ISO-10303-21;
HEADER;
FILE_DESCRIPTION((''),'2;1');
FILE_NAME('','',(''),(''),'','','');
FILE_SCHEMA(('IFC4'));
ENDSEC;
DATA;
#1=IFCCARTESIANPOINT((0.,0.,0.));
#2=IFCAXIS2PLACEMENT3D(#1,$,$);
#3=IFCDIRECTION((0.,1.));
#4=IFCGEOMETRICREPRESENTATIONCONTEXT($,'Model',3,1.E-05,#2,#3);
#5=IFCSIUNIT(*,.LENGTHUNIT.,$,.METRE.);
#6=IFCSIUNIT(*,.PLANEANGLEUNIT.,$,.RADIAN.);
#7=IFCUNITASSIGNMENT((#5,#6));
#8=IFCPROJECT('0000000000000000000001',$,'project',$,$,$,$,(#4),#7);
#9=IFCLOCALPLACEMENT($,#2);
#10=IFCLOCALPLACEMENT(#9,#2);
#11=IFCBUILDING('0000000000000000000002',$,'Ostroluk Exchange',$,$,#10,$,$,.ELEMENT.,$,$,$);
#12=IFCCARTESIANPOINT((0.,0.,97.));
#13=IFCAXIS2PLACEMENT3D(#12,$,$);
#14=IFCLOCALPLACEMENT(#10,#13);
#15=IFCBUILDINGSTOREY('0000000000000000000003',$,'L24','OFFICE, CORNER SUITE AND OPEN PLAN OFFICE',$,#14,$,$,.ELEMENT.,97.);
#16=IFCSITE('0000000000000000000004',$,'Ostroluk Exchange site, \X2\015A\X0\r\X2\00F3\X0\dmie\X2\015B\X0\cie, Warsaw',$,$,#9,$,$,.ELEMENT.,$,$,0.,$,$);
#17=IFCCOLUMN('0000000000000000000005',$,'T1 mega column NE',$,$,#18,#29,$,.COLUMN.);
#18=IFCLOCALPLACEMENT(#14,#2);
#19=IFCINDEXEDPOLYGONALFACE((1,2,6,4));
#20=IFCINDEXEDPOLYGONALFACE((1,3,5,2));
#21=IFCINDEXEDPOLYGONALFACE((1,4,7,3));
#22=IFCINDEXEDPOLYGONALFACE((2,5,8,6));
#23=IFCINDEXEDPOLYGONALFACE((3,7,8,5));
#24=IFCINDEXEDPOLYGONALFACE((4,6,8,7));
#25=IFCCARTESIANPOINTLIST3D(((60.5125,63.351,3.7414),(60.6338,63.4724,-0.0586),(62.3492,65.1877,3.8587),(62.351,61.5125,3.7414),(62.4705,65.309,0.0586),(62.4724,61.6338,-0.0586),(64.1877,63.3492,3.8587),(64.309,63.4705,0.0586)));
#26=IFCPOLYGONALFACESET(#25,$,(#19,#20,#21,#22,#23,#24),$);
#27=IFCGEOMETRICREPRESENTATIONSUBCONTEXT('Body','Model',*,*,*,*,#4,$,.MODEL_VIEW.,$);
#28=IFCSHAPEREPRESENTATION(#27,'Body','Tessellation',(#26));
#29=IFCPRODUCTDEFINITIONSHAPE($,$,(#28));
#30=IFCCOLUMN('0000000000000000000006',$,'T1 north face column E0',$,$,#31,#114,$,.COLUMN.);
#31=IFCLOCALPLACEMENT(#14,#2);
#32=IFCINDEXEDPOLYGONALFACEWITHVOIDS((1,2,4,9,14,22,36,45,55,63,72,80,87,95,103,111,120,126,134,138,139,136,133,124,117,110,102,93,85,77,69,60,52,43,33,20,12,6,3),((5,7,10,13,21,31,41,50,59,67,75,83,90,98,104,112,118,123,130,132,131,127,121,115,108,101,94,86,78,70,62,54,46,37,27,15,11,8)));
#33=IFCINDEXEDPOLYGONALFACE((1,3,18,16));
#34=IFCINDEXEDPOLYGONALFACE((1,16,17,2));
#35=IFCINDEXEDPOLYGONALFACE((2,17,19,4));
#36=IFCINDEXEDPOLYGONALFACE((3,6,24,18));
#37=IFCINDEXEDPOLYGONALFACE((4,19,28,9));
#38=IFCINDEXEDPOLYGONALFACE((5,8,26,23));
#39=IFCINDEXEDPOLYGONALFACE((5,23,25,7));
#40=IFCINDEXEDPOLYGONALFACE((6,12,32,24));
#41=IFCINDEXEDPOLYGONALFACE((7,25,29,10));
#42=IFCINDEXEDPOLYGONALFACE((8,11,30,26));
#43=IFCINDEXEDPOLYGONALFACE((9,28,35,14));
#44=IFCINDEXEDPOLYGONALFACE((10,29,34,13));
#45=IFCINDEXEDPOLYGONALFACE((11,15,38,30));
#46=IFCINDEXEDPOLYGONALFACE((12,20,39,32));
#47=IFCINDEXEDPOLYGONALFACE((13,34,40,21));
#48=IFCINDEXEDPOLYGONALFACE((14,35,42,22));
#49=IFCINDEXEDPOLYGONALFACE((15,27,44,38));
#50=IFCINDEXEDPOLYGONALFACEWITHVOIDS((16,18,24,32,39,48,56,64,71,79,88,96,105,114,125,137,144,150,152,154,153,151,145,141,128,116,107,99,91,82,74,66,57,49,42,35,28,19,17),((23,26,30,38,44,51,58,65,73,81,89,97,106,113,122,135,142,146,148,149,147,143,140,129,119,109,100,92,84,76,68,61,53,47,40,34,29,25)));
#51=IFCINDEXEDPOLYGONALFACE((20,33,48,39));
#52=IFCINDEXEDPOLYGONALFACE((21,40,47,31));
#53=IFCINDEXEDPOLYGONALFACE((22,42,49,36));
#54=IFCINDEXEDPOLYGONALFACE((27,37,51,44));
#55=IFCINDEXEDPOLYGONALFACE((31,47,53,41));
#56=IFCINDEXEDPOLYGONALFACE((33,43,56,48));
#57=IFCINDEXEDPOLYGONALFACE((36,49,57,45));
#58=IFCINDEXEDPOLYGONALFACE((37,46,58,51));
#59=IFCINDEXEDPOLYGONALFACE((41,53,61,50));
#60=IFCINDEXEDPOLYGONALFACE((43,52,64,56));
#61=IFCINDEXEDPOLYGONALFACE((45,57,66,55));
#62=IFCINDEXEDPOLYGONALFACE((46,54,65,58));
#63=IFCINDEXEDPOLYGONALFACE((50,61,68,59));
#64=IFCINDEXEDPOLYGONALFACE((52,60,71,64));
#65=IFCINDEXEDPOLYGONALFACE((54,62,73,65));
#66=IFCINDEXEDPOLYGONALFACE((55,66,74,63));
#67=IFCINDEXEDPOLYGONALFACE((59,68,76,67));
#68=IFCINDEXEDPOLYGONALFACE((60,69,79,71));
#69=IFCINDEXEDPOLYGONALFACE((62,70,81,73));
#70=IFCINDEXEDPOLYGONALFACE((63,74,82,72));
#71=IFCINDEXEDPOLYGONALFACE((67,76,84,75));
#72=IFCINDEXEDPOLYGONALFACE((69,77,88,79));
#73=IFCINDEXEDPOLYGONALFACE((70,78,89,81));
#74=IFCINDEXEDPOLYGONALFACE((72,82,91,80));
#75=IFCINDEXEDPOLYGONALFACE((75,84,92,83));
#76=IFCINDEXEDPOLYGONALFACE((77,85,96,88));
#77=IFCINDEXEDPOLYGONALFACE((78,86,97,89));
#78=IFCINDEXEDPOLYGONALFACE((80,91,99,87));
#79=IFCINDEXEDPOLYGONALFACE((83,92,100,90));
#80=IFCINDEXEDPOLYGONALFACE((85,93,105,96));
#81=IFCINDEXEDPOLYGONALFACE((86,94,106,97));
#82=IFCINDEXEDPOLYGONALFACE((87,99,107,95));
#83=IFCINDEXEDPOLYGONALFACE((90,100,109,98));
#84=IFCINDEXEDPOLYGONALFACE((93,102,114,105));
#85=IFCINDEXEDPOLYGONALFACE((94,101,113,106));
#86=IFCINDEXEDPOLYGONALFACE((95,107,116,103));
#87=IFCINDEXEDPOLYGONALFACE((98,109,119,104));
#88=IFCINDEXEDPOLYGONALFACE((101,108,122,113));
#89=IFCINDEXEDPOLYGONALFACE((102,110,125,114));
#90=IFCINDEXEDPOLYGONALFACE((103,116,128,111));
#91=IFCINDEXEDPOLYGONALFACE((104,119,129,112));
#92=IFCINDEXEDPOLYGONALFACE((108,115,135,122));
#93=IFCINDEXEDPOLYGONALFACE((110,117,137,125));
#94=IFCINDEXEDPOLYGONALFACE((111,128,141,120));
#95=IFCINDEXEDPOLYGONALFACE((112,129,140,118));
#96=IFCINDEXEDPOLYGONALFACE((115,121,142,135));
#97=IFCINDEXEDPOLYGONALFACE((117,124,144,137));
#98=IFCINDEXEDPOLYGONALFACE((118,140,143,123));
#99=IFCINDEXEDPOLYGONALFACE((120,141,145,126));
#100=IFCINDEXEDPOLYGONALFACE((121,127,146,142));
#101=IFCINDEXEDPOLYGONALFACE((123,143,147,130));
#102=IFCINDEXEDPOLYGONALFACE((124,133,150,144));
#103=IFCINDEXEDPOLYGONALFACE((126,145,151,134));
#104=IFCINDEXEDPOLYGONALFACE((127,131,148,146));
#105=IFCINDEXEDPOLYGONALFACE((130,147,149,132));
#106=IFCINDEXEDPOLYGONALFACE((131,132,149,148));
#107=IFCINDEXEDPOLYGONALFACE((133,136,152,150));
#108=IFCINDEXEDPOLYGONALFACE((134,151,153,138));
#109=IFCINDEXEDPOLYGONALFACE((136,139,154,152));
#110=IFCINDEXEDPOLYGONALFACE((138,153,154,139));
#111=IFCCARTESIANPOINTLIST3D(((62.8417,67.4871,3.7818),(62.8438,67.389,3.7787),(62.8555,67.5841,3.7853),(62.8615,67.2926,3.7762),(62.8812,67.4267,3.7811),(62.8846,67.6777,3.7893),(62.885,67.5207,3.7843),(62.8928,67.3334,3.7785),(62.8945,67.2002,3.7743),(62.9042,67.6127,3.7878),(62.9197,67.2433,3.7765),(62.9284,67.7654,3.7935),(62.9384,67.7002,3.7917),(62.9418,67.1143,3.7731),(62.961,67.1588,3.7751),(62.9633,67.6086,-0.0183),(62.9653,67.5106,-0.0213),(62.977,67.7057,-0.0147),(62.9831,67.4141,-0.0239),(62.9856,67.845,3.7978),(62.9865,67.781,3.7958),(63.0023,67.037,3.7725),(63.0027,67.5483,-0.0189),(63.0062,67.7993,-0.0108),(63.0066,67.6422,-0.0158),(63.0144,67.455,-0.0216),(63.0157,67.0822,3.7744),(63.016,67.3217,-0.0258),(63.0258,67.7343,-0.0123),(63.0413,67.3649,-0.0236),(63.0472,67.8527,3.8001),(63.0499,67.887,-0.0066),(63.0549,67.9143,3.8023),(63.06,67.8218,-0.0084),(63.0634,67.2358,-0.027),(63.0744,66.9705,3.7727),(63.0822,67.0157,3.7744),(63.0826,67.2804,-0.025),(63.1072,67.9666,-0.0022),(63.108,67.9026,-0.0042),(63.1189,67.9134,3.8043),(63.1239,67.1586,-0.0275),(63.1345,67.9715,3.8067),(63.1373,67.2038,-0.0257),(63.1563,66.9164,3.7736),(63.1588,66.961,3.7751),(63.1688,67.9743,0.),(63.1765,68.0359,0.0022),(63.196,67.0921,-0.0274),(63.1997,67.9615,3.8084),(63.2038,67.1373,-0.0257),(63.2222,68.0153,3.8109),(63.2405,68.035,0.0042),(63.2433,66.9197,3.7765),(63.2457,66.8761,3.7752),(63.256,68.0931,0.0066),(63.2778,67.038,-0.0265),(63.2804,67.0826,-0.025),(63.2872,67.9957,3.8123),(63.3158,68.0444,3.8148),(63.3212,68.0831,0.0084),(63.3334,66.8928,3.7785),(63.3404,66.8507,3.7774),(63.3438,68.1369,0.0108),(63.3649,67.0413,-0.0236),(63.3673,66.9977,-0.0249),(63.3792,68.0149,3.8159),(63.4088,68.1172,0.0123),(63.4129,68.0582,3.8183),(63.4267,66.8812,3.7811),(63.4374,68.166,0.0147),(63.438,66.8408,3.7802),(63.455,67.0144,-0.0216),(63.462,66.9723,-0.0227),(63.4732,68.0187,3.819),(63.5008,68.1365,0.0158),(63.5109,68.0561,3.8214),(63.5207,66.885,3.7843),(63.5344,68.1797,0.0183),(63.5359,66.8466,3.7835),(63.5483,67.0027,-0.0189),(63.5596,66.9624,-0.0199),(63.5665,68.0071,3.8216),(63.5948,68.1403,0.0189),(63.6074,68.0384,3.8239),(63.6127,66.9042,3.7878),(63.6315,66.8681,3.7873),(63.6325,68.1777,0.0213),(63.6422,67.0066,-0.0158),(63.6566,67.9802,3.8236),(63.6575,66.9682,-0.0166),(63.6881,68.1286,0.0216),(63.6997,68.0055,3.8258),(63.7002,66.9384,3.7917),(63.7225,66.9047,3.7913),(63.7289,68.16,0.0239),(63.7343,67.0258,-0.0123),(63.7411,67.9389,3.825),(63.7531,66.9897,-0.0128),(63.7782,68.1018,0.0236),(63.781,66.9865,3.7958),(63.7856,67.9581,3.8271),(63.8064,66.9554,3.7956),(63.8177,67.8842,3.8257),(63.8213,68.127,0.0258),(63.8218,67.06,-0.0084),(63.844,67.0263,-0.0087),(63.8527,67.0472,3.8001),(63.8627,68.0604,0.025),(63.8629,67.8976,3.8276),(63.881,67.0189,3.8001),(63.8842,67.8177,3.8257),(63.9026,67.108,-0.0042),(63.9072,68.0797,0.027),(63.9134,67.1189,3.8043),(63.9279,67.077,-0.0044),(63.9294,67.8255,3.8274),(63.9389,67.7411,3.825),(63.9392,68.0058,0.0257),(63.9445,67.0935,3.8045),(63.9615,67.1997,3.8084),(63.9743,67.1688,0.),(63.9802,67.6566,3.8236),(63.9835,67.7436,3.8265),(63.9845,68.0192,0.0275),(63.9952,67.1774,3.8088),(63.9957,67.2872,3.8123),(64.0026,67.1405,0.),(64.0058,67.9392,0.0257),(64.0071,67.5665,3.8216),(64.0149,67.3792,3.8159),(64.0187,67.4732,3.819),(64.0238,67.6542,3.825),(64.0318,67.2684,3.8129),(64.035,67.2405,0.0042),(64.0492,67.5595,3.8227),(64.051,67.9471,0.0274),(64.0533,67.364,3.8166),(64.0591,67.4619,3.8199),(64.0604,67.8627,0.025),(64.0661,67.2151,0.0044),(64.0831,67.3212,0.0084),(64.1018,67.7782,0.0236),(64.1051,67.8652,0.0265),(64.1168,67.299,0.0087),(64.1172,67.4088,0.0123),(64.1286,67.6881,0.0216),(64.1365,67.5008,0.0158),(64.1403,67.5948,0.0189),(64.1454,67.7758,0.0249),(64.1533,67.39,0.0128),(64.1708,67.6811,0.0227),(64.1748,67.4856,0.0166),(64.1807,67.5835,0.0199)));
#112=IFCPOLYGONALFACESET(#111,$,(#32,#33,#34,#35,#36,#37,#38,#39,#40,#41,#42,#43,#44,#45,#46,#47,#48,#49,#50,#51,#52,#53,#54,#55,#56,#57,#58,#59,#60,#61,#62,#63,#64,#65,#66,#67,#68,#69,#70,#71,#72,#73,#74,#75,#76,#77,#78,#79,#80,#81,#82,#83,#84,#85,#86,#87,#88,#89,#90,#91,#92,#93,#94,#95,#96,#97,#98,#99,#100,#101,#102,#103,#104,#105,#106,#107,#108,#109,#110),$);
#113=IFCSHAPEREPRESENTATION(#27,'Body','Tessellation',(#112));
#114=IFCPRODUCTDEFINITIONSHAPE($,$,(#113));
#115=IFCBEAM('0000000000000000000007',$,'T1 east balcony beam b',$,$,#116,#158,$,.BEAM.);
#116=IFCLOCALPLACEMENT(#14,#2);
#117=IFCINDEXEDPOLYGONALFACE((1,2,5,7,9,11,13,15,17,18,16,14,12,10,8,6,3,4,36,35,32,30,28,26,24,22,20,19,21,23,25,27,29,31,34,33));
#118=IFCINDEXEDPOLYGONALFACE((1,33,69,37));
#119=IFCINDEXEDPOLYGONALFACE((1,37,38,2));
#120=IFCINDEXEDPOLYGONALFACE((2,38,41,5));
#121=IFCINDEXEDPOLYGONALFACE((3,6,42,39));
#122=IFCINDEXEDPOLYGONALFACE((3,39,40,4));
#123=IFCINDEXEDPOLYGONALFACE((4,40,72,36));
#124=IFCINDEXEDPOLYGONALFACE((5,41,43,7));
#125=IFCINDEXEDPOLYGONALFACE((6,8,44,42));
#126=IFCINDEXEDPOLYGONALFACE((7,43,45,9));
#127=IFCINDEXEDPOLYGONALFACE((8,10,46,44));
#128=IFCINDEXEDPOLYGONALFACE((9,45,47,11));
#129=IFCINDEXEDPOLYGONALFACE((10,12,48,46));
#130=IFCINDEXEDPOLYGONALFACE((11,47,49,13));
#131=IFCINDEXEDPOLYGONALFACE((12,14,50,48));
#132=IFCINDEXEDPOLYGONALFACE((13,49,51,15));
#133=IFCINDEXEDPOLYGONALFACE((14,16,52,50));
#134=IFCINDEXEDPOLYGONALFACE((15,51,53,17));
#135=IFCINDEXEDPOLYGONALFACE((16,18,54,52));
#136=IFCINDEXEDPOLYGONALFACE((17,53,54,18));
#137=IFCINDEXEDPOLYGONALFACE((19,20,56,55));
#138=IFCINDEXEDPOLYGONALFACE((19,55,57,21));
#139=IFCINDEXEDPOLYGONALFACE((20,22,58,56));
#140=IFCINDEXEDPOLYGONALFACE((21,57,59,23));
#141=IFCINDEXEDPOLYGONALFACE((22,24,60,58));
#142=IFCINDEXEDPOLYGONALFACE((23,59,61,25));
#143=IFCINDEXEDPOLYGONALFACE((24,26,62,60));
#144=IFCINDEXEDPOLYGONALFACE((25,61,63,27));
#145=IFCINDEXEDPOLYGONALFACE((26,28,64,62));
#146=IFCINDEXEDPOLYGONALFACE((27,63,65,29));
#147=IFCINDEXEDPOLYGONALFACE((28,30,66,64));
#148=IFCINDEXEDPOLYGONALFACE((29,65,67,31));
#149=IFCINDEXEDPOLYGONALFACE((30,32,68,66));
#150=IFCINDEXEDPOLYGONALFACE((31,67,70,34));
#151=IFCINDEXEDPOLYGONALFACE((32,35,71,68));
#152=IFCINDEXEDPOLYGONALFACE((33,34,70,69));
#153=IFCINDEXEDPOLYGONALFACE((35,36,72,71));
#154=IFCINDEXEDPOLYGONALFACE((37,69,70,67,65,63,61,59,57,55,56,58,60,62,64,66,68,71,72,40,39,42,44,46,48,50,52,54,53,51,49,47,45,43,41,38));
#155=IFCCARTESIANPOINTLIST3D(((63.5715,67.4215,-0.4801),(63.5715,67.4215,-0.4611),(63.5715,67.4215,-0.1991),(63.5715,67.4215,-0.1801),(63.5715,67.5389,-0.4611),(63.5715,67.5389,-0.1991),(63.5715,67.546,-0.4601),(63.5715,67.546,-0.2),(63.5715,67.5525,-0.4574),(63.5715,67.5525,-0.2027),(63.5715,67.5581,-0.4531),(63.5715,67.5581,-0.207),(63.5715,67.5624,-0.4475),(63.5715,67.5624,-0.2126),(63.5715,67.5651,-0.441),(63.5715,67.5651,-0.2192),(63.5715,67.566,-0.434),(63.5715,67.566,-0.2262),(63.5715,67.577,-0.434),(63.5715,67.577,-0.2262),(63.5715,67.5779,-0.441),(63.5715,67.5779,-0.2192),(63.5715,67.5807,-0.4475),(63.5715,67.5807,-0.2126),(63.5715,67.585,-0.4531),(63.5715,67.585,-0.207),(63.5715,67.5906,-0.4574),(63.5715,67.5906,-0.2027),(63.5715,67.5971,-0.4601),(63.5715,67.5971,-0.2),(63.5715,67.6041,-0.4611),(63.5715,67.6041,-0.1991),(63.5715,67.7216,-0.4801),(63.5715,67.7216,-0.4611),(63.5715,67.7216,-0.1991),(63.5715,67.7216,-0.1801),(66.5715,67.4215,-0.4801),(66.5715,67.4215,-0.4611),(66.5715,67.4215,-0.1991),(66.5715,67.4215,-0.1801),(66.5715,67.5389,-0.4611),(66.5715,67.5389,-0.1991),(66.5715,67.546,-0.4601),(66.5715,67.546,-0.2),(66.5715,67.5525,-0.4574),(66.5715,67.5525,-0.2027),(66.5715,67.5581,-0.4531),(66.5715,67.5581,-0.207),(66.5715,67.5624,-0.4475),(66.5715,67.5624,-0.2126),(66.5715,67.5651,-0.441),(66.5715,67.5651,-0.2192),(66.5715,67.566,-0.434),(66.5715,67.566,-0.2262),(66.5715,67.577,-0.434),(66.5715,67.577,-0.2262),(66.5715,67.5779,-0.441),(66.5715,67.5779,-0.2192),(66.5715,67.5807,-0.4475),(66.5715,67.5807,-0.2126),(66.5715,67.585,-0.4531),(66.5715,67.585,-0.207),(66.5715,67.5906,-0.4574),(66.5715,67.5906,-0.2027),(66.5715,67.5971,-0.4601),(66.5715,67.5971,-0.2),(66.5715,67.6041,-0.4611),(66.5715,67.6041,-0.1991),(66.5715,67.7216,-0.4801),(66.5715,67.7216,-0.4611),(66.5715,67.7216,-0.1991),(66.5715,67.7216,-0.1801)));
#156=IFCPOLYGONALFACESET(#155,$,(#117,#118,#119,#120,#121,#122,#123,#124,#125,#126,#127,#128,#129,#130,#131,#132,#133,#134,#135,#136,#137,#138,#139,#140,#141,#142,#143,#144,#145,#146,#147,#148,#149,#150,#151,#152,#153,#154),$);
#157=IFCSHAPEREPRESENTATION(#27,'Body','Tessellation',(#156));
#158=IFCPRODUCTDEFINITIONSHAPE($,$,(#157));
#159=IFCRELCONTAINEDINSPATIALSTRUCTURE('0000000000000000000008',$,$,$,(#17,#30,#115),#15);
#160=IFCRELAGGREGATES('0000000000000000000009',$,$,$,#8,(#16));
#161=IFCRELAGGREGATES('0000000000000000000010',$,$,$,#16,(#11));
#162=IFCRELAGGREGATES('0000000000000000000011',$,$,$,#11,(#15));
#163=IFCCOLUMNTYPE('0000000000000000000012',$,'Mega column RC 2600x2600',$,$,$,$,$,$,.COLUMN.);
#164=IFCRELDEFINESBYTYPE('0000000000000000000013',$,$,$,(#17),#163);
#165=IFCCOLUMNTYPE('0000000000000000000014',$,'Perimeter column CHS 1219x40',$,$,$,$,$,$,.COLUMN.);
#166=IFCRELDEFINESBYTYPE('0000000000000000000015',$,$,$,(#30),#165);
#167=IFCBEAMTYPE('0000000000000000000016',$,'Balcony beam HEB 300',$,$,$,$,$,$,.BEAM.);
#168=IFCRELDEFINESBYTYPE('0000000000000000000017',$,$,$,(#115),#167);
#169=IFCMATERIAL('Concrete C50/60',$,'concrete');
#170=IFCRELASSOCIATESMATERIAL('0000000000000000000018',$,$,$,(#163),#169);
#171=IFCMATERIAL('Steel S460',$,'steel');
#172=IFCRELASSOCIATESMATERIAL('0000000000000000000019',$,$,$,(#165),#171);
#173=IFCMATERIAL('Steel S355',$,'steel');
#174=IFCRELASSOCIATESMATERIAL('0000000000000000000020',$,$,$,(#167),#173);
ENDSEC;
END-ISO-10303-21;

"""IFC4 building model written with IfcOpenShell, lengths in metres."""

from ifc_helpers import new_model, si_unit, direction, frame, origin, origin_2d, place, context, subcontext, project, spatial, rectangle, hollow_circle, i_section, extrude, material, material_profile, profile_set, type_object, element, save


model = new_model("IFC4")

# Units and contexts
model_context = context("Model", 3, precision=1e-05, world=origin(), true_north=direction((0.0, 1.0)))
body_context = subcontext(model_context, "Body", "Model", "MODEL_VIEW")
ifc_project = project(units=[si_unit("LENGTHUNIT", "METRE"), si_unit("PLANEANGLEUNIT", "RADIAN")], contexts=[model_context])

# Site, building, storey
site_placement = place(None, origin())
site = spatial("IfcSite", under=ifc_project, at=site_placement, Name="Ostroluk Exchange site, Śródmieście, Warsaw", CompositionType="ELEMENT", RefElevation=0.0)
building_placement = place(site_placement, origin())
building = spatial("IfcBuilding", under=site, at=building_placement, Name="Ostroluk Exchange", CompositionType="ELEMENT")
storey_placement = place(building_placement, frame((0.0, 0.0, 97.0)))
storey = spatial("IfcBuildingStorey", under=building, at=storey_placement, Name="L24", Description="OFFICE, CORNER SUITE AND OPEN PLAN OFFICE", CompositionType="ELEMENT", Elevation=97.0)

# Columns
ifc_material_1 = material(Name="Concrete C50/60", Category="concrete")
ifc_material_profile_1 = material_profile(ifc_material_1, rectangle(XDim=2.6001, YDim=2.6001, at=origin_2d()), Name="RC 2600x2600")
ifc_profile_set_1 = profile_set([ifc_material_profile_1], Name="Concrete C50/60")
column_type_1 = type_object("IfcColumnType", Name="Mega column RC 2600x2600", PredefinedType="COLUMN", material=ifc_profile_set_1)
column_1_placement = place(storey_placement, frame((62.4714, 63.4714, 0.0), z_axis=(-0.031898, -0.031898, 0.998982), x_axis=(0.707107, -0.707107, 0.0)))
element("IfcColumn", 1, at=column_1_placement, inside=storey, type_object=column_type_1, Name="T1 mega column NE", PredefinedType="COLUMN", context=body_context, shape_type="SweptSolid", body=[
    extrude(rectangle(XDim=2.6001, YDim=2.6001, at=origin_2d()), origin(), (0.0, 0.0, 1.0), 3.804),
])
ifc_material_2 = material(Name="Steel S460", Category="steel")
ifc_material_profile_2 = material_profile(ifc_material_2, hollow_circle(Radius=0.6096, WallThickness=0.04, at=origin_2d()), Name="CHS 1219x40")
ifc_profile_set_2 = profile_set([ifc_material_profile_2], Name="Steel S460")
column_type_2 = type_object("IfcColumnType", Name="Perimeter column CHS 1219x40", PredefinedType="COLUMN", material=ifc_profile_set_2)
column_2_placement = place(storey_placement, frame((63.5715, 67.5715, 0.0), z_axis=(-0.031962, -0.031962, 0.998978), x_axis=(0.707107, -0.707107, 0.0)))
element("IfcColumn", 2, at=column_2_placement, inside=storey, type_object=column_type_2, Name="T1 north face column E0", PredefinedType="COLUMN", context=body_context, shape_type="SweptSolid", body=[
    extrude(hollow_circle(Radius=0.6096, WallThickness=0.04, at=origin_2d()), origin(), (0.0, 0.0, 1.0), 3.804),
])

# Beam
ifc_material_3 = material(Name="Steel S355", Category="steel")
ifc_material_profile_3 = material_profile(ifc_material_3, i_section(OverallWidth=0.3, OverallDepth=0.3, WebThickness=0.011, FlangeThickness=0.019, FilletRadius=0.0271, at=origin_2d()), Name="HEB 300")
ifc_profile_set_3 = profile_set([ifc_material_profile_3], Name="Steel S355")
beam_type_1 = type_object("IfcBeamType", Name="Balcony beam HEB 300", PredefinedType="BEAM", material=ifc_profile_set_3)
beam_1_placement = place(storey_placement, frame((63.5715, 67.5715, -0.3301), z_axis=(1.0, 0.0, 0.0), x_axis=(0.0, 1.0, 0.0)))
element("IfcBeam", 3, at=beam_1_placement, inside=storey, type_object=beam_type_1, Name="T1 east balcony beam b", PredefinedType="BEAM", context=body_context, shape_type="SweptSolid", body=[
    extrude(i_section(OverallWidth=0.3, OverallDepth=0.3, WebThickness=0.011, FlangeThickness=0.019, FilletRadius=0.0271, at=origin_2d()), origin(), (0.0, 0.0, 1.0), 3.0),
])

save(model, "model.ifc")
